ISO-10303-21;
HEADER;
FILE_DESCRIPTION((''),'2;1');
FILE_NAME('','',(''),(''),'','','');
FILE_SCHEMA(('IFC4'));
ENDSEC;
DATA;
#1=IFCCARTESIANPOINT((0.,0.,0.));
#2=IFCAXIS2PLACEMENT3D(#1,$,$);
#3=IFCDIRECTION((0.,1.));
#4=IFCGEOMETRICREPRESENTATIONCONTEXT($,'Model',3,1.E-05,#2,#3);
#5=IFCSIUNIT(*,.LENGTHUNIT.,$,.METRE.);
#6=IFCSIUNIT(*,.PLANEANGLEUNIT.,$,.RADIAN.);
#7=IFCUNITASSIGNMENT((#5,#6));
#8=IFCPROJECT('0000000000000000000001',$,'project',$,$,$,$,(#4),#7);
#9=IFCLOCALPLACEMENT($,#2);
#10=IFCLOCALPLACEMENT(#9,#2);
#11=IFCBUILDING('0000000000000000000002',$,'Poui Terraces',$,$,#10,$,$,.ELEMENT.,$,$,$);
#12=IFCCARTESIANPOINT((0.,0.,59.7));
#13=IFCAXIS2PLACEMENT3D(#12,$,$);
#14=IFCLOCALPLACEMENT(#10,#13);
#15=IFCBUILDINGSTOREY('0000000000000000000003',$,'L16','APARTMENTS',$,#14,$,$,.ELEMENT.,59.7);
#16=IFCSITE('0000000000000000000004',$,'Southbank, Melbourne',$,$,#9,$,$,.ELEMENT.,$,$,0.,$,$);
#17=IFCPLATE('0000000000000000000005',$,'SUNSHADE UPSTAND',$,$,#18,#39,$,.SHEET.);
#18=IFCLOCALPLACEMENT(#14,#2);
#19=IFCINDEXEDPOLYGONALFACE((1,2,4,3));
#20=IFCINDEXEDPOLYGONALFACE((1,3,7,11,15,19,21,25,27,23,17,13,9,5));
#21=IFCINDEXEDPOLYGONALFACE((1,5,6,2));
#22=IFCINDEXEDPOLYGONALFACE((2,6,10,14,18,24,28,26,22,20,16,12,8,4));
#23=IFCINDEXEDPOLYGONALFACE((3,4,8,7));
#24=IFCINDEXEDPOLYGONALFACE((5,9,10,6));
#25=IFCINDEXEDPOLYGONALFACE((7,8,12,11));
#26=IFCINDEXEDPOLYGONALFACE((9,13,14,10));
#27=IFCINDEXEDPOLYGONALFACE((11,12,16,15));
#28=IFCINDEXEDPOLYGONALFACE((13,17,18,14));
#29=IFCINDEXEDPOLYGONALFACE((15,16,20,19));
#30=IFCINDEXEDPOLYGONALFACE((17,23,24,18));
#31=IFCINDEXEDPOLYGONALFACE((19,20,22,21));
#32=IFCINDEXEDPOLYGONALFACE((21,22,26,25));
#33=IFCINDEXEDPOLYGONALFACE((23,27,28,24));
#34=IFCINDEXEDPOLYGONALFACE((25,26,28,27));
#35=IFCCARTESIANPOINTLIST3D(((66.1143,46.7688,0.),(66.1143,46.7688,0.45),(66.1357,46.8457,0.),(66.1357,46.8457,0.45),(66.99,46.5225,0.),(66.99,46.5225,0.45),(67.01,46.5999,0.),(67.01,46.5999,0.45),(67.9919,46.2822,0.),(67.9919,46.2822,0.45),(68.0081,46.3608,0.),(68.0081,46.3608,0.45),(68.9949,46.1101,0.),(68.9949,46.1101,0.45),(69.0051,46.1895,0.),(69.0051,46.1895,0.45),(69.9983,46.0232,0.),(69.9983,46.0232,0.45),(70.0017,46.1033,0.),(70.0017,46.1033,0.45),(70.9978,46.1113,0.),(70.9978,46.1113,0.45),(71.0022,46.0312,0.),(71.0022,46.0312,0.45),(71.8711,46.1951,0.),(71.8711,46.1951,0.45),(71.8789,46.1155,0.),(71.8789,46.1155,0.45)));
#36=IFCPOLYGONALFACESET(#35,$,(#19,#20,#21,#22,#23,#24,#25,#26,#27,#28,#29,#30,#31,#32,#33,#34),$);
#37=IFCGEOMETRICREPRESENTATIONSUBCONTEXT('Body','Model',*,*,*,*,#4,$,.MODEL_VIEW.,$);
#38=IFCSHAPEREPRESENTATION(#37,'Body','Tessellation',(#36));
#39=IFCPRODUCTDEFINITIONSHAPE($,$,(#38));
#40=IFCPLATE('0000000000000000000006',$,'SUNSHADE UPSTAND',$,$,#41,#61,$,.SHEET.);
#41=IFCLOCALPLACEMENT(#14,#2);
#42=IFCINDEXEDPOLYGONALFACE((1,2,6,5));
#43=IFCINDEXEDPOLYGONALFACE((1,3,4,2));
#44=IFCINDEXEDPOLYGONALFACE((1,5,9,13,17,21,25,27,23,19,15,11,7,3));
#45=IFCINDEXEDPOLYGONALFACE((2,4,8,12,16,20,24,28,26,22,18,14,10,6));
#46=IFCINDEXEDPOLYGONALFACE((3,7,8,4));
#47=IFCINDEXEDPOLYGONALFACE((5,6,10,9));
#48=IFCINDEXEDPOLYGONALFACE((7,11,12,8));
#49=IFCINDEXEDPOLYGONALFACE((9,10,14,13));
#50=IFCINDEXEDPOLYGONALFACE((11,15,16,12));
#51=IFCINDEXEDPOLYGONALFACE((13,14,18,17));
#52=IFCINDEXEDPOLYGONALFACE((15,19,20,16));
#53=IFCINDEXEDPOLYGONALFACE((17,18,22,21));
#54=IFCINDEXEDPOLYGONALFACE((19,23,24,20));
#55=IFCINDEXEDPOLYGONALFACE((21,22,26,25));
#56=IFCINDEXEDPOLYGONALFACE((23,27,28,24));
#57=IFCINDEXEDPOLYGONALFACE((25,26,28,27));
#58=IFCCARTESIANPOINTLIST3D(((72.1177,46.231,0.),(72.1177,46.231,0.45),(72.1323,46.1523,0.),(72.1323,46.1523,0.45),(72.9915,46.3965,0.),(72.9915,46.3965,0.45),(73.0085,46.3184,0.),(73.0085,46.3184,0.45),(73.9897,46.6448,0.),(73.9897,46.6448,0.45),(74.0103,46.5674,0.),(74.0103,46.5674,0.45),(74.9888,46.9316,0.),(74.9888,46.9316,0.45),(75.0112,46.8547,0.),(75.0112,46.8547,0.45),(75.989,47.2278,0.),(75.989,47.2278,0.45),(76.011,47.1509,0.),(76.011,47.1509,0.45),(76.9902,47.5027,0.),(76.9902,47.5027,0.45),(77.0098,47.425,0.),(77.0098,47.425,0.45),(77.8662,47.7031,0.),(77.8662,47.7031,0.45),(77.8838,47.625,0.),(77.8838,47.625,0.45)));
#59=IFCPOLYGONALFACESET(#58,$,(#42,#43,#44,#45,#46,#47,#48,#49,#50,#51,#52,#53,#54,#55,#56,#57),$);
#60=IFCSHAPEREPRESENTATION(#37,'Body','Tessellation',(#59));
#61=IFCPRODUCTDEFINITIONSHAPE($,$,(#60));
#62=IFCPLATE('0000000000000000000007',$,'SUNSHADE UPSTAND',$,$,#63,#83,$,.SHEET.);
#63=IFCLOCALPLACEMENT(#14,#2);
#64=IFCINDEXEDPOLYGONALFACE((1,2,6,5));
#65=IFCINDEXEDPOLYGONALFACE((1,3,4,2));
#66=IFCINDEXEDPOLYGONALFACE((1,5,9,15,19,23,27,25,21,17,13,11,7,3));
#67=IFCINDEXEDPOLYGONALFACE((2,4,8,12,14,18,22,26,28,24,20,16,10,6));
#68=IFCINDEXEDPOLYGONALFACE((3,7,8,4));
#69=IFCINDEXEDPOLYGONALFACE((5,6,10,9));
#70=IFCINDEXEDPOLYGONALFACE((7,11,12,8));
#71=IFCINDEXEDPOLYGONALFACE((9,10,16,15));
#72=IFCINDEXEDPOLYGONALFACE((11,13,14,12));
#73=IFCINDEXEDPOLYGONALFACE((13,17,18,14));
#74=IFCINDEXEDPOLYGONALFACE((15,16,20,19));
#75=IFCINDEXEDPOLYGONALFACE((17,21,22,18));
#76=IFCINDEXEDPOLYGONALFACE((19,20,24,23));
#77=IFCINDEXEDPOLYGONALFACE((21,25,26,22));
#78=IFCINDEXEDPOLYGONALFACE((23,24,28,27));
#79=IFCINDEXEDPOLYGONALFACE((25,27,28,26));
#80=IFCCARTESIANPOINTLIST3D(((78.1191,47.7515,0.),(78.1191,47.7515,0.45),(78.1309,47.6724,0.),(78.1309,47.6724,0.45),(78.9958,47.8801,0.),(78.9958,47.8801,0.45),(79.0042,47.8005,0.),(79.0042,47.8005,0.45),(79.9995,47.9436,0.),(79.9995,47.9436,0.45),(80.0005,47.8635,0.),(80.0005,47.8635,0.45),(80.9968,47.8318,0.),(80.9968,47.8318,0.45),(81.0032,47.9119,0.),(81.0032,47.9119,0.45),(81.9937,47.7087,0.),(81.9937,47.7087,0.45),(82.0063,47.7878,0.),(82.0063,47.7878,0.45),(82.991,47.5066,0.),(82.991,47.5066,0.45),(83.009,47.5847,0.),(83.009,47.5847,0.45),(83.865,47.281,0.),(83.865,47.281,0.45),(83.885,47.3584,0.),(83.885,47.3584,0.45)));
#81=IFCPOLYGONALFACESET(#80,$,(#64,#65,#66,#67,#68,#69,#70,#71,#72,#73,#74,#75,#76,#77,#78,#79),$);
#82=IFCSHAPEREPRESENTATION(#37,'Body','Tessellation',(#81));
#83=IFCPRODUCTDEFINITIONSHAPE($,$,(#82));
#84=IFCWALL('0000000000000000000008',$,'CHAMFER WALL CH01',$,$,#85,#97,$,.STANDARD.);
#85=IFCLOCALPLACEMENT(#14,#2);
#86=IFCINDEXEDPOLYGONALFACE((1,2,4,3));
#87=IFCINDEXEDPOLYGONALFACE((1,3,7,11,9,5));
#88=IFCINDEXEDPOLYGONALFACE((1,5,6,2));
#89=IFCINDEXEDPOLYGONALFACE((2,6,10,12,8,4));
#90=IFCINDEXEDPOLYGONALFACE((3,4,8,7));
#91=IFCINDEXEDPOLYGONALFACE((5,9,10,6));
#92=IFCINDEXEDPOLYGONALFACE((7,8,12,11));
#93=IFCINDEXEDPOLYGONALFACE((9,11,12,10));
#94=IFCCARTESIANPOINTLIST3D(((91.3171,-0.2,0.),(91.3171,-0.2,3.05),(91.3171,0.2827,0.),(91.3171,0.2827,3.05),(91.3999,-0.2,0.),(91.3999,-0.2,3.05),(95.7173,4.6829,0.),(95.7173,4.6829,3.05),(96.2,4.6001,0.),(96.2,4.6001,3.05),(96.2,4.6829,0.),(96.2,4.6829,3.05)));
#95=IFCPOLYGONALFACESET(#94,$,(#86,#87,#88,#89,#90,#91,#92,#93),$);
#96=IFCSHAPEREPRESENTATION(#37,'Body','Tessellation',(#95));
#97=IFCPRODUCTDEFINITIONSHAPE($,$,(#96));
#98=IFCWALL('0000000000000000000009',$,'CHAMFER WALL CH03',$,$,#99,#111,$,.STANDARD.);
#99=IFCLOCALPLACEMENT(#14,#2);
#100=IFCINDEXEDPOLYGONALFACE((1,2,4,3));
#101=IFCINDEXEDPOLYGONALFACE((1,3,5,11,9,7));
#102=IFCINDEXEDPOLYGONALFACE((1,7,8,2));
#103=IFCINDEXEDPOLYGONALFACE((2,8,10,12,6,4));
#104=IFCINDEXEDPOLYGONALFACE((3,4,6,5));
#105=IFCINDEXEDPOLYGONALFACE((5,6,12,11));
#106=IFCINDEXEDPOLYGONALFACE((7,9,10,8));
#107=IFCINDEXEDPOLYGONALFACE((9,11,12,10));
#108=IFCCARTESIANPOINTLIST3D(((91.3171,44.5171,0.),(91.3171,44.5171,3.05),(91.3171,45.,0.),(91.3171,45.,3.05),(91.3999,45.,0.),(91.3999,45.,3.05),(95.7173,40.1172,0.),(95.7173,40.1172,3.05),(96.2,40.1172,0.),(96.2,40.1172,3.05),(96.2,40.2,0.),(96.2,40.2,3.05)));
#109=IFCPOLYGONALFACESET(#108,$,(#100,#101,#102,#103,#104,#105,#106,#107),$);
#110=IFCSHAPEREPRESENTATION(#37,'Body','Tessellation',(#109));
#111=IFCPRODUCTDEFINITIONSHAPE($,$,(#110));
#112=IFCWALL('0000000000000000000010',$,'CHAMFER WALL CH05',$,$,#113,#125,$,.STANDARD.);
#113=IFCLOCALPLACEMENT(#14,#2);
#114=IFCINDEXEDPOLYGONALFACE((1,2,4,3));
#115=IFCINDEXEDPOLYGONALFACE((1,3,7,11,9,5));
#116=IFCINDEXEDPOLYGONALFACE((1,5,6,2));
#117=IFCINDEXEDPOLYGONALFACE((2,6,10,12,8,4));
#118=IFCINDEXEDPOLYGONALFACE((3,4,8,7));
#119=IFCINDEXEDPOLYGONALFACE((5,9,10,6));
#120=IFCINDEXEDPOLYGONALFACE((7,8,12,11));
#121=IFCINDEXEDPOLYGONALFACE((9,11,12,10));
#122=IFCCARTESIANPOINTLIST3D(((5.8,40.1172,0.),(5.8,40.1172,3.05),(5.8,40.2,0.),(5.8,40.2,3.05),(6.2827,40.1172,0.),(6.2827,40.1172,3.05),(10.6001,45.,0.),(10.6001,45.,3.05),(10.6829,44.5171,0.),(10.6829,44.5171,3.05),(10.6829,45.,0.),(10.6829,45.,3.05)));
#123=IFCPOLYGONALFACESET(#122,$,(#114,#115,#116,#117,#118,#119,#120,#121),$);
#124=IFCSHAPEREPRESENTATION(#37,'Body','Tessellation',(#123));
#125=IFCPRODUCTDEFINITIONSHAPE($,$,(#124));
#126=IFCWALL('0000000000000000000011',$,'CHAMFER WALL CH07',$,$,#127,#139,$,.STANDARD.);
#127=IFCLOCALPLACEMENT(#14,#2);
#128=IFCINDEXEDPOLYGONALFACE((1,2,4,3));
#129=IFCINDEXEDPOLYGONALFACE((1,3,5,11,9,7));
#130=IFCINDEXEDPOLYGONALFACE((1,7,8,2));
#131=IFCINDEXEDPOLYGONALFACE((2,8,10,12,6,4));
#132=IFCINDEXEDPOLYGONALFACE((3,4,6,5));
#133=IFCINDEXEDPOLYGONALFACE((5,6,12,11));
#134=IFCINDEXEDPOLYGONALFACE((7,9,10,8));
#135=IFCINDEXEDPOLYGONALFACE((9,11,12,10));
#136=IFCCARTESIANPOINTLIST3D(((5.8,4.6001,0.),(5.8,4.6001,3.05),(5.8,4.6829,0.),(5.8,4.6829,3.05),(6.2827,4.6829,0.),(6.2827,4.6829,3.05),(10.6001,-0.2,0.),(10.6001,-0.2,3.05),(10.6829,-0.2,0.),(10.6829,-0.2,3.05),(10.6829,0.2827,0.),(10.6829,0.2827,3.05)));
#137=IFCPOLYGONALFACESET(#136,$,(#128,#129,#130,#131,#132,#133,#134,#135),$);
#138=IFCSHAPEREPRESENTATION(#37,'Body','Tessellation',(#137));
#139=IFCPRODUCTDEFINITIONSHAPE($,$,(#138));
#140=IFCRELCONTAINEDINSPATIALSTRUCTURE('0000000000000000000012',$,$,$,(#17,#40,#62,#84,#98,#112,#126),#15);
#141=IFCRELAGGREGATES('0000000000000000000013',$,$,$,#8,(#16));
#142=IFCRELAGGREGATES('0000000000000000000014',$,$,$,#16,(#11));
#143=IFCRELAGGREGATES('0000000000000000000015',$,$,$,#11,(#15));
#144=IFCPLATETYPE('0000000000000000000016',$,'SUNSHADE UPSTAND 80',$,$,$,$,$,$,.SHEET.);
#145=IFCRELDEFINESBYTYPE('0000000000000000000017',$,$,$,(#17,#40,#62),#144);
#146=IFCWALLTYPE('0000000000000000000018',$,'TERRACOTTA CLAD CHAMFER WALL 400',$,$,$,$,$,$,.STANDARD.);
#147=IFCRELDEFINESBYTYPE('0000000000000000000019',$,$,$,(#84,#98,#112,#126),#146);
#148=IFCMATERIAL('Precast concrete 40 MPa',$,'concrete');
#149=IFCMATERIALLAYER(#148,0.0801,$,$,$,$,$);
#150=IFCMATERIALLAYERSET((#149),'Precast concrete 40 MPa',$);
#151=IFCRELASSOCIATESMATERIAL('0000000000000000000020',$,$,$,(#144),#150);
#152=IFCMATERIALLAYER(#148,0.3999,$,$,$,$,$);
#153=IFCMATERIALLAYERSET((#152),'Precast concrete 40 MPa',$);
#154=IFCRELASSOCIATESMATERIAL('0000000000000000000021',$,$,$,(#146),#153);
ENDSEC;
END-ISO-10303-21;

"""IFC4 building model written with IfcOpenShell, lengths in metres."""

from ifc_helpers import new_model, si_unit, direction, frame, origin, place, context, subcontext, project, spatial, polyline, outline, extrude, material, layer, layer_set, type_object, element, save


model = new_model("IFC4")

# Units and contexts
model_context = context("Model", 3, precision=1e-05, world=origin(), true_north=direction((0.0, 1.0)))
body_context = subcontext(model_context, "Body", "Model", "MODEL_VIEW")
ifc_project = project(units=[si_unit("LENGTHUNIT", "METRE"), si_unit("PLANEANGLEUNIT", "RADIAN")], contexts=[model_context])

# Site, building, storey
site_placement = place(None, origin())
site = spatial("IfcSite", under=ifc_project, at=site_placement, Name="Southbank, Melbourne", CompositionType="ELEMENT", RefElevation=0.0)
building_placement = place(site_placement, origin())
building = spatial("IfcBuilding", under=site, at=building_placement, Name="Poui Terraces", CompositionType="ELEMENT")
storey_placement = place(building_placement, frame((0.0, 0.0, 59.7)))
storey = spatial("IfcBuildingStorey", under=building, at=storey_placement, Name="L16", Description="APARTMENTS", CompositionType="ELEMENT", Elevation=59.7)

# Shared definitions
ifc_material_1 = material(Name="Precast concrete 40 MPa", Category="concrete")

# Plates
ifc_layer_1 = layer(ifc_material_1, 0.0801)
ifc_layer_set_1 = layer_set([ifc_layer_1], Name="Precast concrete 40 MPa")
plate_type = type_object("IfcPlateType", Name="SUNSHADE UPSTAND 80", PredefinedType="SHEET", material=ifc_layer_set_1)
plate_1_placement = place(storey_placement, origin())
element("IfcPlate", 1, at=plate_1_placement, inside=storey, type_object=plate_type, Name="SUNSHADE UPSTAND", PredefinedType="SHEET", context=body_context, shape_type="SweptSolid", body=[
    extrude(outline(polyline([(67.01, 46.5999), (66.1357, 46.8457), (66.1143, 46.7688), (66.99, 46.5225), (67.9919, 46.2822), (68.9949, 46.1101), (69.9983, 46.0232), (71.0022, 46.0312), (71.8789, 46.1155), (71.8711, 46.1951), (70.9978, 46.1113), (70.0017, 46.1033), (69.0051, 46.1895), (68.0081, 46.3608), (67.01, 46.5999)])), origin(), (0.0, 0.0, 1.0), 0.45),
])
plate_2_placement = place(storey_placement, origin())
element("IfcPlate", 2, at=plate_2_placement, inside=storey, type_object=plate_type, Name="SUNSHADE UPSTAND", PredefinedType="SHEET", context=body_context, shape_type="SweptSolid", body=[
    extrude(outline(polyline([(72.9915, 46.3965), (72.1177, 46.231), (72.1323, 46.1523), (73.0085, 46.3184), (74.0103, 46.5674), (75.0112, 46.8547), (76.011, 47.1509), (77.0098, 47.425), (77.8838, 47.625), (77.8662, 47.7031), (76.9902, 47.5027), (75.989, 47.2278), (74.9888, 46.9316), (73.9897, 46.6448), (72.9915, 46.3965)])), origin(), (0.0, 0.0, 1.0), 0.45),
])
plate_3_placement = place(storey_placement, origin())
element("IfcPlate", 3, at=plate_3_placement, inside=storey, type_object=plate_type, Name="SUNSHADE UPSTAND", PredefinedType="SHEET", context=body_context, shape_type="SweptSolid", body=[
    extrude(outline(polyline([(78.9958, 47.8801), (78.1191, 47.7515), (78.1309, 47.6724), (79.0042, 47.8005), (80.0005, 47.8635), (80.9968, 47.8318), (81.9937, 47.7087), (82.991, 47.5066), (83.865, 47.281), (83.885, 47.3584), (83.009, 47.5847), (82.0063, 47.7878), (81.0032, 47.9119), (79.9995, 47.9436), (78.9958, 47.8801)])), origin(), (0.0, 0.0, 1.0), 0.45),
])

# Walls
ifc_layer_2 = layer(ifc_material_1, 0.3999)
ifc_layer_set_2 = layer_set([ifc_layer_2], Name="Precast concrete 40 MPa")
wall_type = type_object("IfcWallType", Name="TERRACOTTA CLAD CHAMFER WALL 400", PredefinedType="STANDARD", material=ifc_layer_set_2)
wall_1_placement = place(storey_placement, origin())
element("IfcWall", 4, at=wall_1_placement, inside=storey, type_object=wall_type, Name="CHAMFER WALL CH01", PredefinedType="STANDARD", context=body_context, shape_type="SweptSolid", body=[
    extrude(outline(polyline([(91.3171, -0.2), (91.3999, -0.2), (96.2, 4.6001), (96.2, 4.6829), (95.7173, 4.6829), (91.3171, 0.2827), (91.3171, -0.2)])), origin(), (0.0, 0.0, 1.0), 3.05),
])
wall_2_placement = place(storey_placement, origin())
element("IfcWall", 5, at=wall_2_placement, inside=storey, type_object=wall_type, Name="CHAMFER WALL CH03", PredefinedType="STANDARD", context=body_context, shape_type="SweptSolid", body=[
    extrude(outline(polyline([(96.2, 40.1172), (96.2, 40.2), (91.3999, 45.0), (91.3171, 45.0), (91.3171, 44.5171), (95.7173, 40.1172), (96.2, 40.1172)])), origin(), (0.0, 0.0, 1.0), 3.05),
])
wall_3_placement = place(storey_placement, origin())
element("IfcWall", 6, at=wall_3_placement, inside=storey, type_object=wall_type, Name="CHAMFER WALL CH05", PredefinedType="STANDARD", context=body_context, shape_type="SweptSolid", body=[
    extrude(outline(polyline([(10.6829, 45.0), (10.6001, 45.0), (5.8, 40.2), (5.8, 40.1172), (6.2827, 40.1172), (10.6829, 44.5171), (10.6829, 45.0)])), origin(), (0.0, 0.0, 1.0), 3.05),
])
wall_4_placement = place(storey_placement, origin())
element("IfcWall", 7, at=wall_4_placement, inside=storey, type_object=wall_type, Name="CHAMFER WALL CH07", PredefinedType="STANDARD", context=body_context, shape_type="SweptSolid", body=[
    extrude(outline(polyline([(5.8, 4.6829), (5.8, 4.6001), (10.6001, -0.2), (10.6829, -0.2), (10.6829, 0.2827), (6.2827, 4.6829), (5.8, 4.6829)])), origin(), (0.0, 0.0, 1.0), 3.05),
])

save(model, "model.ifc")
